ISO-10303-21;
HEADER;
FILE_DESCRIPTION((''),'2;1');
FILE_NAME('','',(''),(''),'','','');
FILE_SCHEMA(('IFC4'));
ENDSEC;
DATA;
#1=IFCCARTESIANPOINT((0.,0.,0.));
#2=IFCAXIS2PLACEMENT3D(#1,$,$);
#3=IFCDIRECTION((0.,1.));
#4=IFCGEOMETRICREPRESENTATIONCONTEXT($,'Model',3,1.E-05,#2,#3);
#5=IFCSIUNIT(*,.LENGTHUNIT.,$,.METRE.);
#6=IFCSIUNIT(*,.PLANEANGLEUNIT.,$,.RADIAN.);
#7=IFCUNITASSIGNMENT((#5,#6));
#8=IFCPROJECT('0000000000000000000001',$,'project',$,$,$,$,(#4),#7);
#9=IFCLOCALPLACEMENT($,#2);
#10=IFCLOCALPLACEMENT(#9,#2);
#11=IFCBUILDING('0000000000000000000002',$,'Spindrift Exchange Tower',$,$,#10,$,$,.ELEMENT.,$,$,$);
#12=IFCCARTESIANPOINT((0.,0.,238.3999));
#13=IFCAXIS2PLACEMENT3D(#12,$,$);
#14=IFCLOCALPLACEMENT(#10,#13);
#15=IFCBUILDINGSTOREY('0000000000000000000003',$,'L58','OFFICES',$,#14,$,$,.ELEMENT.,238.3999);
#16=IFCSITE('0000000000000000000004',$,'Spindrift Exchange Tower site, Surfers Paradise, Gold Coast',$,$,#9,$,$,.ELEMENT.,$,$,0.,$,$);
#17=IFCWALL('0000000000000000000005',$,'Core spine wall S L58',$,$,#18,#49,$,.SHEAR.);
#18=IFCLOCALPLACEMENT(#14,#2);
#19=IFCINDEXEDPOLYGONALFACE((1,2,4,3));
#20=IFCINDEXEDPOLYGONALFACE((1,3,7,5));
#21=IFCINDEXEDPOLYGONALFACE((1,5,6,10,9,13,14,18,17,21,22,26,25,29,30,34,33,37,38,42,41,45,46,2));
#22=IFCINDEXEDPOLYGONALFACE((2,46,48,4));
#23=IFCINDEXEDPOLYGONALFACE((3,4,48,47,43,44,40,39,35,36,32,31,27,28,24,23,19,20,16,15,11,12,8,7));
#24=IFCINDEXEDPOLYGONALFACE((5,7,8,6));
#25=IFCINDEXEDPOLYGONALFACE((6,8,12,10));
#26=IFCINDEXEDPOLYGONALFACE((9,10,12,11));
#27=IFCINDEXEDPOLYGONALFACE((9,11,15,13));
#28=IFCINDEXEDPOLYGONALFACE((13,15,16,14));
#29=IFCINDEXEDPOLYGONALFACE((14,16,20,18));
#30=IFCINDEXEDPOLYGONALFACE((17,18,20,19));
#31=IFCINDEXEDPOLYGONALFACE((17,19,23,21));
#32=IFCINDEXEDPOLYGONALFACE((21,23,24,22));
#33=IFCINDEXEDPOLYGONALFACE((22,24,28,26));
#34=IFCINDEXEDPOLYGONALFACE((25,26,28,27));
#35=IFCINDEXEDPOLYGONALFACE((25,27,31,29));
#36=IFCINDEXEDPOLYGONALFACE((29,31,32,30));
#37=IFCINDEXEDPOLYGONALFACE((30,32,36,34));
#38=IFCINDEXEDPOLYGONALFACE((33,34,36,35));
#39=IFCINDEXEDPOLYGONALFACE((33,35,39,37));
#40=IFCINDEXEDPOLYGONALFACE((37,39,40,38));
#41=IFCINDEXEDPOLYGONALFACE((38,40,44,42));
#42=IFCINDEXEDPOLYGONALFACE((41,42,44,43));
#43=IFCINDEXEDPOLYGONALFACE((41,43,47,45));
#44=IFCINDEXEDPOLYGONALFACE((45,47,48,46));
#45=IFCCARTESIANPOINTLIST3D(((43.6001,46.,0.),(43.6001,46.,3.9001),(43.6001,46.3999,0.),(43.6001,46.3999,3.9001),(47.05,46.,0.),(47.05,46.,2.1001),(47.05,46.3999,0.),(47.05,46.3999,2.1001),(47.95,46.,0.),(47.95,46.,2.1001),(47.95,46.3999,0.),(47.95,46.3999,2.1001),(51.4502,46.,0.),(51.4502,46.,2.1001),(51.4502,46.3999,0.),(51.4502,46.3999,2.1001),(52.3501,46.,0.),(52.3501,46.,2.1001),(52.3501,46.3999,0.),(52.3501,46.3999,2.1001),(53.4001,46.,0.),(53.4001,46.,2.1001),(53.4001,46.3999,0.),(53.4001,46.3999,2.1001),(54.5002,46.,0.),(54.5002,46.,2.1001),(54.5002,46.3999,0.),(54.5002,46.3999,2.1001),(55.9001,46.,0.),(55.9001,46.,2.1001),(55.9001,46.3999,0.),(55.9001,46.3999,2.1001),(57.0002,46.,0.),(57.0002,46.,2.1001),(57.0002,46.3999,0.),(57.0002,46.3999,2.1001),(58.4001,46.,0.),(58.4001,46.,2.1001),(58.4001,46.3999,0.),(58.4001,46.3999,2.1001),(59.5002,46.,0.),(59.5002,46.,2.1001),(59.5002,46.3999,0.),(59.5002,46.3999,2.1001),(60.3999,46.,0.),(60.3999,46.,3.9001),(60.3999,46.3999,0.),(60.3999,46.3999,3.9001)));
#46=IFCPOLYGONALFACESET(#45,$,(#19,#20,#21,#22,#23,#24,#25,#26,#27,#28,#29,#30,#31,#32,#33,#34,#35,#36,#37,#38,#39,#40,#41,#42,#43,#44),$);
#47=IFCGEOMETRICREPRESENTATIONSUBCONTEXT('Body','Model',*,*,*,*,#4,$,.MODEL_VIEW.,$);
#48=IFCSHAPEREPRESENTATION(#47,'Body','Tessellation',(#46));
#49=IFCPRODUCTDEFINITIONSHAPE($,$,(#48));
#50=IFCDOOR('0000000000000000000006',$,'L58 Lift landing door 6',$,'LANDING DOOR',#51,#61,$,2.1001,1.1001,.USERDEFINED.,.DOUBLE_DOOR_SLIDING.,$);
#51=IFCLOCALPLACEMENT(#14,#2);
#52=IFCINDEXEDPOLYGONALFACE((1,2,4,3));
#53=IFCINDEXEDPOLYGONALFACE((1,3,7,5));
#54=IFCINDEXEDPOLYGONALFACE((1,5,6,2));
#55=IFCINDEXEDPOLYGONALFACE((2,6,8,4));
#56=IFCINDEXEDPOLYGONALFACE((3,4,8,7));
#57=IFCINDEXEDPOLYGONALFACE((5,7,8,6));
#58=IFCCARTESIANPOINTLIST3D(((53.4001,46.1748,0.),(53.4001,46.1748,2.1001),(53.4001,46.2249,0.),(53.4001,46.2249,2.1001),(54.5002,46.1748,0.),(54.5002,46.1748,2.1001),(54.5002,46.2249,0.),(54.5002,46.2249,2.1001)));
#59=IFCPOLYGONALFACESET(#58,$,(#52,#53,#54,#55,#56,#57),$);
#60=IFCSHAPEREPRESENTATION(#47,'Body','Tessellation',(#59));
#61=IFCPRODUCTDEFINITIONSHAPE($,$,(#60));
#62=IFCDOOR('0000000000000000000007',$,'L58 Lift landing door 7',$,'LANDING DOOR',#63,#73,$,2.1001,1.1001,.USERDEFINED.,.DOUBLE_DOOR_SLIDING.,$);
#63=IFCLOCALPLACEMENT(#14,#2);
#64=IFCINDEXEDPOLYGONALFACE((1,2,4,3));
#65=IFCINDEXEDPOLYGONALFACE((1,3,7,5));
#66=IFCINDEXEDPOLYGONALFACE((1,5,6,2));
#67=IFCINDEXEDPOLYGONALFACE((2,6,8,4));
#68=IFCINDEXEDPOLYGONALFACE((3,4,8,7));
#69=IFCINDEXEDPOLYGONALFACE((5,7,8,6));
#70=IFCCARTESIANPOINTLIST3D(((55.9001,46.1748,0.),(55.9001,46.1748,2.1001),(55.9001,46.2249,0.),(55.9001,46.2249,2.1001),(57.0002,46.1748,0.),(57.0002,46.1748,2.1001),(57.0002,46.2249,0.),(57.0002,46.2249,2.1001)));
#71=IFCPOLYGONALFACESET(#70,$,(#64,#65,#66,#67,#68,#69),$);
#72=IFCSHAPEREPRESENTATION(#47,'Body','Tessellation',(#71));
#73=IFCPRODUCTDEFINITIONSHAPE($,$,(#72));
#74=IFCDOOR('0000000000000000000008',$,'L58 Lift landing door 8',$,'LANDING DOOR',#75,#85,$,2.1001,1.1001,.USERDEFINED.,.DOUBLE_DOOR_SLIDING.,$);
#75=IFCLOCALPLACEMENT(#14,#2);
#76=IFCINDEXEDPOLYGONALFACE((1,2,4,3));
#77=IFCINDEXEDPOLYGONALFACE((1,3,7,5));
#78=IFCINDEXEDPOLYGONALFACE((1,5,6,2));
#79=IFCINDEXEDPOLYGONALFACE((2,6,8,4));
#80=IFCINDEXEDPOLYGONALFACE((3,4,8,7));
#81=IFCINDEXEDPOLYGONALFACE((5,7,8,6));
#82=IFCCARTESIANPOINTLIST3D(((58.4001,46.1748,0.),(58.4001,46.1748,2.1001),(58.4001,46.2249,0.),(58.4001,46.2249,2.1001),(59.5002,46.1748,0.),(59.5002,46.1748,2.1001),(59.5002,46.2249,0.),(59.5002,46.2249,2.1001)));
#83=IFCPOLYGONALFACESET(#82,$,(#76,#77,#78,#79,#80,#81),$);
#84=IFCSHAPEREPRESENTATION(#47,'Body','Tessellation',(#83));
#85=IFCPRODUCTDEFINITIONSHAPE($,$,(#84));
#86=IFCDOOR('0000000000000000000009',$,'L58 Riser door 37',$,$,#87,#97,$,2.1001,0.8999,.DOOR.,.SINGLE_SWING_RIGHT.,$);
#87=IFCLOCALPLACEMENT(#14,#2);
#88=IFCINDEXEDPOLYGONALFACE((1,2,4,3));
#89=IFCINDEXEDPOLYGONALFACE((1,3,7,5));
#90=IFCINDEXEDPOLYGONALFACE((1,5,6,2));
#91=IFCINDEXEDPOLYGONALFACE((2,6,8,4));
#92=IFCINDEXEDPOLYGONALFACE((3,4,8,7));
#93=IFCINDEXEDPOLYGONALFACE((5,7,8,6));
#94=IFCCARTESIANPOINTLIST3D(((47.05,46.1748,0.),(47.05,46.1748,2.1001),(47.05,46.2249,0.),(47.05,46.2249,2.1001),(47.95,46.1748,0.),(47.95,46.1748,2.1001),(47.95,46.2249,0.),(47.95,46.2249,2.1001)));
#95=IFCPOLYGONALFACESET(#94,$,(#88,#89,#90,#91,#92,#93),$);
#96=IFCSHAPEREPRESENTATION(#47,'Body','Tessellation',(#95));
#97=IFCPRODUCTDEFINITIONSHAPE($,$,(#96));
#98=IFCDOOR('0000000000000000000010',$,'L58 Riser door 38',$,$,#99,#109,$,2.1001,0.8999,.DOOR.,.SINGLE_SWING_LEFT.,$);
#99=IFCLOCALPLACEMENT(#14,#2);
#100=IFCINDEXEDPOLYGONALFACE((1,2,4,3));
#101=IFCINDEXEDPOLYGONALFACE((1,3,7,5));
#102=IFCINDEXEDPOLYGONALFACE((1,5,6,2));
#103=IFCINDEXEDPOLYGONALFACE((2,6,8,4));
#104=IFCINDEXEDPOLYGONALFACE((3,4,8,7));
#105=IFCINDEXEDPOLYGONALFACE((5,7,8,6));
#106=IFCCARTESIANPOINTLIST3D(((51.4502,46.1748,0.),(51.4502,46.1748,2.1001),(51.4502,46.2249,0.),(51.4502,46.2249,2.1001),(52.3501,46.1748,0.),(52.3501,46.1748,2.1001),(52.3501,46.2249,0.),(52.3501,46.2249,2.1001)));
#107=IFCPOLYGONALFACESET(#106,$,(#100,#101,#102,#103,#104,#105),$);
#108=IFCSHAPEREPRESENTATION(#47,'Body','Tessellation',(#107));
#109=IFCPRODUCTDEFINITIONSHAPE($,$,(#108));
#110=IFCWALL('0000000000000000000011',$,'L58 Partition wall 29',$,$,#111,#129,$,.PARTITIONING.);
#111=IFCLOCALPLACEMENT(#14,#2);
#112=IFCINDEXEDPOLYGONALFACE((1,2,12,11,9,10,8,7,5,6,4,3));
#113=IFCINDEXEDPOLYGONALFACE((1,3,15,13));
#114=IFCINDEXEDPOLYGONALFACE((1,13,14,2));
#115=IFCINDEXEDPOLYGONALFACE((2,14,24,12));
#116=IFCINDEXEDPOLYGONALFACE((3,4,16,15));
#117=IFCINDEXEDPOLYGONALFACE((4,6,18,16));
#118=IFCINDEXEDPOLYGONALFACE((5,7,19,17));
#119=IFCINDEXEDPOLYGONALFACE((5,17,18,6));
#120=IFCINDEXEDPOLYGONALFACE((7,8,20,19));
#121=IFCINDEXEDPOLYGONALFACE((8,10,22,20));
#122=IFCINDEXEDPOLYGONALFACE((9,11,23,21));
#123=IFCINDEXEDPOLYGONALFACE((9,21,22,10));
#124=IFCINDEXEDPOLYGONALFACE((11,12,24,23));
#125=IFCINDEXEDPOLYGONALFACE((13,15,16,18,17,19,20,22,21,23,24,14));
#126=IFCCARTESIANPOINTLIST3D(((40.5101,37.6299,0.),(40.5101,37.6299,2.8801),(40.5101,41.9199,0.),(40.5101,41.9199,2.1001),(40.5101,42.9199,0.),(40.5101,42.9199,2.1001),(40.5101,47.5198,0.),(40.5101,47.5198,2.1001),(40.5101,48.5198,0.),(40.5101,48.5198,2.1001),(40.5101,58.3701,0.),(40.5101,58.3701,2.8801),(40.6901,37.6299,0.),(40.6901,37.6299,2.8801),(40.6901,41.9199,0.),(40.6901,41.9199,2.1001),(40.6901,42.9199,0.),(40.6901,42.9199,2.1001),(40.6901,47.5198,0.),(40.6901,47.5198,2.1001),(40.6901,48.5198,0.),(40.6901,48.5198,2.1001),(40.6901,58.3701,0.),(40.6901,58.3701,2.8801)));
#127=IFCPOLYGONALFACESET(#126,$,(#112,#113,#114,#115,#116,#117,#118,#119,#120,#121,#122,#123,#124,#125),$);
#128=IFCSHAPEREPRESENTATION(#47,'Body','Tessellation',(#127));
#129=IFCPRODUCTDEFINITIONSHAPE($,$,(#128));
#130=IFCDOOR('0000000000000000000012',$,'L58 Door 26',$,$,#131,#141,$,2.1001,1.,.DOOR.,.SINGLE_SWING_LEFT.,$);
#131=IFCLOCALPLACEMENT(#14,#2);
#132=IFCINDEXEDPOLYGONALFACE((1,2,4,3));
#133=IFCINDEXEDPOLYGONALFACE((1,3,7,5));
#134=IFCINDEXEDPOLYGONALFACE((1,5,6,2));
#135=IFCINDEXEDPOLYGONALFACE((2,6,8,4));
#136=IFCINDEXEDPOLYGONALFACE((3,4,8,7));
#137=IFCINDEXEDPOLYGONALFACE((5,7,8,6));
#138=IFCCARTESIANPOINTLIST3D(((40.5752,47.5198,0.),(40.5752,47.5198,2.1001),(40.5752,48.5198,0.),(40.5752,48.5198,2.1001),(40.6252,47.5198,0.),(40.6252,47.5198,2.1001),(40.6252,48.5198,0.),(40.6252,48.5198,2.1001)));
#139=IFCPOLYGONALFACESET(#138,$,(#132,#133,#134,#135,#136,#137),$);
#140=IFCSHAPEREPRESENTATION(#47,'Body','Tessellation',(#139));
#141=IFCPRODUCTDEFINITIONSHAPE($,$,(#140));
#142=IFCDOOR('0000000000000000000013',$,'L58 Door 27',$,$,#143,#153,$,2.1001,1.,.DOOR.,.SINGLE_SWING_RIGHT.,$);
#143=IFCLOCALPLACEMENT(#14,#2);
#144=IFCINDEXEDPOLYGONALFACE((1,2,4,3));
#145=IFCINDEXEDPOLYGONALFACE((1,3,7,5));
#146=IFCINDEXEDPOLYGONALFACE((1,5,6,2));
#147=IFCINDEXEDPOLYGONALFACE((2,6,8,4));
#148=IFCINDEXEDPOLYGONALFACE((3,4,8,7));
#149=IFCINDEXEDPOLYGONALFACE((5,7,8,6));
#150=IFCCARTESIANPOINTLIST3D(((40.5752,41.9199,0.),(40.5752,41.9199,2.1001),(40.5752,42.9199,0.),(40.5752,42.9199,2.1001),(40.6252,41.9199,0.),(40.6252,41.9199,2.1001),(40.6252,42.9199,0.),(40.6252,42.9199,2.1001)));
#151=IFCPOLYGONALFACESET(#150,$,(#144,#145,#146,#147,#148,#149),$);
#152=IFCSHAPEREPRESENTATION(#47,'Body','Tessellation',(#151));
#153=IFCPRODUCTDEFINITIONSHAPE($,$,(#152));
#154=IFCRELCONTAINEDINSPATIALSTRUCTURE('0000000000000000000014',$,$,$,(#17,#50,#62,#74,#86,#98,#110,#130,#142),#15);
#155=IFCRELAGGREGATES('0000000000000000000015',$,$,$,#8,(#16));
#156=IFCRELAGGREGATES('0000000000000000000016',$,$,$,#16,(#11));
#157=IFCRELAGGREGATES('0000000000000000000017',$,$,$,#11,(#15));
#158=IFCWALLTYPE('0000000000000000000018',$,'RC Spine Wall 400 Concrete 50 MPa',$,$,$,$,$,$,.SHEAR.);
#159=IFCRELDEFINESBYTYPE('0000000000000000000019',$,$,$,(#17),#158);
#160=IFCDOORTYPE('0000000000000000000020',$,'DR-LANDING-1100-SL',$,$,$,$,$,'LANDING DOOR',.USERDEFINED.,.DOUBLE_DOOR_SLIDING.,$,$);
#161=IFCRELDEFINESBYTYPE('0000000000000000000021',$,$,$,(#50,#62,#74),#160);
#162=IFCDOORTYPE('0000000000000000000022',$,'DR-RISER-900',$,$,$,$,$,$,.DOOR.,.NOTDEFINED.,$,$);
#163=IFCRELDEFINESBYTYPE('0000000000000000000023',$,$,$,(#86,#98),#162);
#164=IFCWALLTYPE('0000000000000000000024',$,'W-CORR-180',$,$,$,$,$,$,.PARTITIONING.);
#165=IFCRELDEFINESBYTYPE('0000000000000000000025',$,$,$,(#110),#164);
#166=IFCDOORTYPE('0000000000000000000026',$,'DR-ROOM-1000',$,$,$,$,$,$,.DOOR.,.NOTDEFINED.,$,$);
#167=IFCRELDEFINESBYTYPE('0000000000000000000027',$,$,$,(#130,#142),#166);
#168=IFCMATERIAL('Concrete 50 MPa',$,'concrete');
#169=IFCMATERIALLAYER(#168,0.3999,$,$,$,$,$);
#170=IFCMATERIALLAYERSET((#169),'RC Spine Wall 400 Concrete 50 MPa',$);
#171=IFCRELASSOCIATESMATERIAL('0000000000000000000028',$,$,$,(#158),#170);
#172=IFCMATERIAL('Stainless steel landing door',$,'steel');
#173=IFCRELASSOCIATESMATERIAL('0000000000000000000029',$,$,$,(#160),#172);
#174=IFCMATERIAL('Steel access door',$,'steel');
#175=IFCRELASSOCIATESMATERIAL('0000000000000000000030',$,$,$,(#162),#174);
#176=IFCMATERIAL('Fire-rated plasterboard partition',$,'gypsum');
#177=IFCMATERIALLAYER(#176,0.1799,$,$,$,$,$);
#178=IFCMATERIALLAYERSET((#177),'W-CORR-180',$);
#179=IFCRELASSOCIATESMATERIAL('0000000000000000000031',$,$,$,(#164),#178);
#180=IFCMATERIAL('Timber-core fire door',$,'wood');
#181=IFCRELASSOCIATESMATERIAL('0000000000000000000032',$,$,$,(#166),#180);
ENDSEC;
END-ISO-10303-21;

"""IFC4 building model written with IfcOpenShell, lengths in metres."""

from ifc_helpers import new_model, si_unit, direction, frame, frame_2d, origin, place, context, subcontext, project, spatial, rectangle, extrude, source, transform, mapped, material, layer, layer_set, type_object, element, fill, save


model = new_model("IFC4")

# Units and contexts
model_context = context("Model", 3, precision=1e-05, world=origin(), true_north=direction((0.0, 1.0)))
body_context = subcontext(model_context, "Body", "Model", "MODEL_VIEW")
ifc_project = project(units=[si_unit("LENGTHUNIT", "METRE"), si_unit("PLANEANGLEUNIT", "RADIAN")], contexts=[model_context])

# Site, building, storey
site_placement = place(None, origin())
site = spatial("IfcSite", under=ifc_project, at=site_placement, Name="Spindrift Exchange Tower site, Surfers Paradise, Gold Coast", CompositionType="ELEMENT", RefElevation=0.0)
building_placement = place(site_placement, origin())
building = spatial("IfcBuilding", under=site, at=building_placement, Name="Spindrift Exchange Tower", CompositionType="ELEMENT")
storey_placement = place(building_placement, frame((0.0, 0.0, 238.3999)))
storey = spatial("IfcBuildingStorey", under=building, at=storey_placement, Name="L58", Description="OFFICES", CompositionType="ELEMENT", Elevation=238.3999)

# Walls, openings, doors
ifc_material_1 = material(Name="Concrete 50 MPa", Category="concrete")
ifc_material_2 = material(Name="Timber-core fire door", Category="wood")
ifc_material_3 = material(Name="Steel access door", Category="steel")
ifc_layer_1 = layer(ifc_material_1, 0.3999)
ifc_layer_set_1 = layer_set([ifc_layer_1], Name="RC Spine Wall 400 Concrete 50 MPa")
wall_type_1 = type_object("IfcWallType", Name="RC Spine Wall 400 Concrete 50 MPa", PredefinedType="SHEAR", material=ifc_layer_set_1)
wall_1_placement = place(storey_placement, frame((43.6001, 46.2, 0.0), z_axis=(0.0, 0.0, 1.0), x_axis=(1.0, 0.0, 0.0)))
wall_1 = element("IfcWall", 1, at=wall_1_placement, inside=storey, type_object=wall_type_1, Name="Core spine wall S L58", PredefinedType="SHEAR", context=body_context, shape_type="SweptSolid", body=[
    extrude(rectangle(XDim=16.7998, YDim=0.3999, at=frame_2d((8.3999, 0.0))), origin(), (0.0, 0.0, 1.0), 3.9001),
])
opening_1_placement = place(wall_1_placement, frame((9.8, 0.0, 0.0)))
opening_1 = element("IfcOpeningElement", 2, at=opening_1_placement, cuts=wall_1, PredefinedType="OPENING", context=body_context, shape_type="SweptSolid", body=[
    extrude(rectangle(XDim=1.1001, YDim=2.1001, at=frame_2d((0.55, 1.05))), frame((0.0, 0.21, 0.0), z_axis=(0.0, -1.0, 0.0), x_axis=(1.0, 0.0, 0.0)), (0.0, 0.0, 1.0), 0.4199),
])
opening_2_placement = place(wall_1_placement, frame((12.3, 0.0, 0.0)))
opening_2 = element("IfcOpeningElement", 3, at=opening_2_placement, cuts=wall_1, PredefinedType="OPENING", context=body_context, shape_type="SweptSolid", body=[
    extrude(rectangle(XDim=1.1001, YDim=2.1001, at=frame_2d((0.55, 1.05))), frame((0.0, 0.21, 0.0), z_axis=(0.0, -1.0, 0.0), x_axis=(1.0, 0.0, 0.0)), (0.0, 0.0, 1.0), 0.4199),
])
opening_3_placement = place(wall_1_placement, frame((14.8, 0.0, 0.0)))
opening_3 = element("IfcOpeningElement", 4, at=opening_3_placement, cuts=wall_1, PredefinedType="OPENING", context=body_context, shape_type="SweptSolid", body=[
    extrude(rectangle(XDim=1.1001, YDim=2.1001, at=frame_2d((0.55, 1.05))), frame((0.0, 0.21, 0.0), z_axis=(0.0, -1.0, 0.0), x_axis=(1.0, 0.0, 0.0)), (0.0, 0.0, 1.0), 0.4199),
])
opening_4_placement = place(wall_1_placement, frame((3.45, 0.0, 0.0)))
opening_4 = element("IfcOpeningElement", 5, at=opening_4_placement, cuts=wall_1, PredefinedType="OPENING", context=body_context, shape_type="SweptSolid", body=[
    extrude(rectangle(XDim=0.8999, YDim=2.1001, at=frame_2d((0.45, 1.05))), frame((0.0, 0.21, 0.0), z_axis=(0.0, -1.0, 0.0), x_axis=(1.0, 0.0, 0.0)), (0.0, 0.0, 1.0), 0.4199),
])
opening_5_placement = place(wall_1_placement, frame((7.8501, 0.0, 0.0)))
opening_5 = element("IfcOpeningElement", 6, at=opening_5_placement, cuts=wall_1, PredefinedType="OPENING", context=body_context, shape_type="SweptSolid", body=[
    extrude(rectangle(XDim=0.8999, YDim=2.1001, at=frame_2d((0.45, 1.05))), frame((0.0, 0.21, 0.0), z_axis=(0.0, -1.0, 0.0), x_axis=(1.0, 0.0, 0.0)), (0.0, 0.0, 1.0), 0.4199),
])
ifc_material_4 = material(Name="Stainless steel landing door", Category="steel")
door_type_1 = type_object("IfcDoorType", Name="DR-LANDING-1100-SL", ElementType="LANDING DOOR", OperationType="DOUBLE_DOOR_SLIDING", PredefinedType="USERDEFINED", material=ifc_material_4)
shared_shape_1 = source(origin(), body_context, "Body", "SweptSolid", [
    extrude(rectangle(XDim=1.1001, YDim=2.1001, at=frame_2d((0.55, 1.05))), frame((0.0, 0.0249, 0.0), z_axis=(0.0, -1.0, 0.0), x_axis=(1.0, 0.0, 0.0)), (0.0, 0.0, 1.0), 0.05),
])
door_1_placement = place(opening_1_placement, origin())
door_1 = element("IfcDoor", 7, at=door_1_placement, inside=storey, type_object=door_type_1, Name="L58 Lift landing door 6", ObjectType="LANDING DOOR", OperationType="DOUBLE_DOOR_SLIDING", OverallHeight=2.1001, OverallWidth=1.1001, PredefinedType="USERDEFINED", context=body_context, shape_type="MappedRepresentation", body=[
    mapped(shared_shape_1, transform((0.0, 0.0, 0.0), scale=1.0)),
])
fill(opening_1, door_1)
door_2_placement = place(opening_2_placement, origin())
door_2 = element("IfcDoor", 8, at=door_2_placement, inside=storey, type_object=door_type_1, Name="L58 Lift landing door 7", ObjectType="LANDING DOOR", OperationType="DOUBLE_DOOR_SLIDING", OverallHeight=2.1001, OverallWidth=1.1001, PredefinedType="USERDEFINED", context=body_context, shape_type="MappedRepresentation", body=[
    mapped(shared_shape_1, transform((0.0, 0.0, 0.0), scale=1.0)),
])
fill(opening_2, door_2)
door_3_placement = place(opening_3_placement, origin())
door_3 = element("IfcDoor", 9, at=door_3_placement, inside=storey, type_object=door_type_1, Name="L58 Lift landing door 8", ObjectType="LANDING DOOR", OperationType="DOUBLE_DOOR_SLIDING", OverallHeight=2.1001, OverallWidth=1.1001, PredefinedType="USERDEFINED", context=body_context, shape_type="MappedRepresentation", body=[
    mapped(shared_shape_1, transform((0.0, 0.0, 0.0), scale=1.0)),
])
fill(opening_3, door_3)
door_type_2 = type_object("IfcDoorType", Name="DR-RISER-900", OperationType="NOTDEFINED", PredefinedType="DOOR", material=ifc_material_3)
shared_shape_2 = source(origin(), body_context, "Body", "SweptSolid", [
    extrude(rectangle(XDim=0.8999, YDim=2.1001, at=frame_2d((0.45, 1.05))), frame((0.0, 0.0249, 0.0), z_axis=(0.0, -1.0, 0.0), x_axis=(1.0, 0.0, 0.0)), (0.0, 0.0, 1.0), 0.05),
])
door_4_placement = place(opening_4_placement, origin())
door_4 = element("IfcDoor", 10, at=door_4_placement, inside=storey, type_object=door_type_2, Name="L58 Riser door 37", OperationType="SINGLE_SWING_RIGHT", OverallHeight=2.1001, OverallWidth=0.8999, PredefinedType="DOOR", context=body_context, shape_type="MappedRepresentation", body=[
    mapped(shared_shape_2, transform((0.0, 0.0, 0.0), scale=1.0)),
])
fill(opening_4, door_4)
door_5_placement = place(opening_5_placement, origin())
door_5 = element("IfcDoor", 11, at=door_5_placement, inside=storey, type_object=door_type_2, Name="L58 Riser door 38", OperationType="SINGLE_SWING_LEFT", OverallHeight=2.1001, OverallWidth=0.8999, PredefinedType="DOOR", context=body_context, shape_type="MappedRepresentation", body=[
    mapped(shared_shape_2, transform((0.0, 0.0, 0.0), scale=1.0)),
])
fill(opening_5, door_5)
ifc_material_5 = material(Name="Fire-rated plasterboard partition", Category="gypsum")
ifc_layer_2 = layer(ifc_material_5, 0.1799)
ifc_layer_set_2 = layer_set([ifc_layer_2], Name="W-CORR-180")
wall_type_2 = type_object("IfcWallType", Name="W-CORR-180", PredefinedType="PARTITIONING", material=ifc_layer_set_2)
wall_2_placement = place(storey_placement, frame((40.6001, 37.6299, 0.0), z_axis=(0.0, 0.0, 1.0), x_axis=(0.0, 1.0, 0.0)))
wall_2 = element("IfcWall", 12, at=wall_2_placement, inside=storey, type_object=wall_type_2, Name="L58 Partition wall 29", PredefinedType="PARTITIONING", context=body_context, shape_type="SweptSolid", body=[
    extrude(rectangle(XDim=20.7402, YDim=0.1799, at=frame_2d((10.3701, 0.0))), origin(), (0.0, 0.0, 1.0), 2.8801),
])
opening_6_placement = place(wall_2_placement, frame((9.8899, 0.0, 0.0)))
opening_6 = element("IfcOpeningElement", 13, at=opening_6_placement, cuts=wall_2, PredefinedType="OPENING", context=body_context, shape_type="SweptSolid", body=[
    extrude(rectangle(XDim=1.0, YDim=2.1001, at=frame_2d((0.5, 1.05))), frame((0.0, 0.0999, 0.0), z_axis=(0.0, -1.0, 0.0), x_axis=(1.0, 0.0, 0.0)), (0.0, 0.0, 1.0), 0.2),
])
opening_7_placement = place(wall_2_placement, frame((4.29, 0.0, 0.0)))
opening_7 = element("IfcOpeningElement", 14, at=opening_7_placement, cuts=wall_2, PredefinedType="OPENING", context=body_context, shape_type="SweptSolid", body=[
    extrude(rectangle(XDim=1.0, YDim=2.1001, at=frame_2d((0.5, 1.05))), frame((0.0, 0.0999, 0.0), z_axis=(0.0, -1.0, 0.0), x_axis=(1.0, 0.0, 0.0)), (0.0, 0.0, 1.0), 0.2),
])
door_type_3 = type_object("IfcDoorType", Name="DR-ROOM-1000", OperationType="NOTDEFINED", PredefinedType="DOOR", material=ifc_material_2)
shared_shape_3 = source(origin(), body_context, "Body", "SweptSolid", [
    extrude(rectangle(XDim=1.0, YDim=2.1001, at=frame_2d((0.5, 1.05))), frame((0.0, 0.0249, 0.0), z_axis=(0.0, -1.0, 0.0), x_axis=(1.0, 0.0, 0.0)), (0.0, 0.0, 1.0), 0.05),
])
door_6_placement = place(opening_6_placement, origin())
door_6 = element("IfcDoor", 15, at=door_6_placement, inside=storey, type_object=door_type_3, Name="L58 Door 26", OperationType="SINGLE_SWING_LEFT", OverallHeight=2.1001, OverallWidth=1.0, PredefinedType="DOOR", context=body_context, shape_type="MappedRepresentation", body=[
    mapped(shared_shape_3, transform((0.0, 0.0, 0.0), scale=1.0)),
])
fill(opening_6, door_6)
door_7_placement = place(opening_7_placement, origin())
door_7 = element("IfcDoor", 16, at=door_7_placement, inside=storey, type_object=door_type_3, Name="L58 Door 27", OperationType="SINGLE_SWING_RIGHT", OverallHeight=2.1001, OverallWidth=1.0, PredefinedType="DOOR", context=body_context, shape_type="MappedRepresentation", body=[
    mapped(shared_shape_3, transform((0.0, 0.0, 0.0), scale=1.0)),
])
fill(opening_7, door_7)

save(model, "model.ifc")
